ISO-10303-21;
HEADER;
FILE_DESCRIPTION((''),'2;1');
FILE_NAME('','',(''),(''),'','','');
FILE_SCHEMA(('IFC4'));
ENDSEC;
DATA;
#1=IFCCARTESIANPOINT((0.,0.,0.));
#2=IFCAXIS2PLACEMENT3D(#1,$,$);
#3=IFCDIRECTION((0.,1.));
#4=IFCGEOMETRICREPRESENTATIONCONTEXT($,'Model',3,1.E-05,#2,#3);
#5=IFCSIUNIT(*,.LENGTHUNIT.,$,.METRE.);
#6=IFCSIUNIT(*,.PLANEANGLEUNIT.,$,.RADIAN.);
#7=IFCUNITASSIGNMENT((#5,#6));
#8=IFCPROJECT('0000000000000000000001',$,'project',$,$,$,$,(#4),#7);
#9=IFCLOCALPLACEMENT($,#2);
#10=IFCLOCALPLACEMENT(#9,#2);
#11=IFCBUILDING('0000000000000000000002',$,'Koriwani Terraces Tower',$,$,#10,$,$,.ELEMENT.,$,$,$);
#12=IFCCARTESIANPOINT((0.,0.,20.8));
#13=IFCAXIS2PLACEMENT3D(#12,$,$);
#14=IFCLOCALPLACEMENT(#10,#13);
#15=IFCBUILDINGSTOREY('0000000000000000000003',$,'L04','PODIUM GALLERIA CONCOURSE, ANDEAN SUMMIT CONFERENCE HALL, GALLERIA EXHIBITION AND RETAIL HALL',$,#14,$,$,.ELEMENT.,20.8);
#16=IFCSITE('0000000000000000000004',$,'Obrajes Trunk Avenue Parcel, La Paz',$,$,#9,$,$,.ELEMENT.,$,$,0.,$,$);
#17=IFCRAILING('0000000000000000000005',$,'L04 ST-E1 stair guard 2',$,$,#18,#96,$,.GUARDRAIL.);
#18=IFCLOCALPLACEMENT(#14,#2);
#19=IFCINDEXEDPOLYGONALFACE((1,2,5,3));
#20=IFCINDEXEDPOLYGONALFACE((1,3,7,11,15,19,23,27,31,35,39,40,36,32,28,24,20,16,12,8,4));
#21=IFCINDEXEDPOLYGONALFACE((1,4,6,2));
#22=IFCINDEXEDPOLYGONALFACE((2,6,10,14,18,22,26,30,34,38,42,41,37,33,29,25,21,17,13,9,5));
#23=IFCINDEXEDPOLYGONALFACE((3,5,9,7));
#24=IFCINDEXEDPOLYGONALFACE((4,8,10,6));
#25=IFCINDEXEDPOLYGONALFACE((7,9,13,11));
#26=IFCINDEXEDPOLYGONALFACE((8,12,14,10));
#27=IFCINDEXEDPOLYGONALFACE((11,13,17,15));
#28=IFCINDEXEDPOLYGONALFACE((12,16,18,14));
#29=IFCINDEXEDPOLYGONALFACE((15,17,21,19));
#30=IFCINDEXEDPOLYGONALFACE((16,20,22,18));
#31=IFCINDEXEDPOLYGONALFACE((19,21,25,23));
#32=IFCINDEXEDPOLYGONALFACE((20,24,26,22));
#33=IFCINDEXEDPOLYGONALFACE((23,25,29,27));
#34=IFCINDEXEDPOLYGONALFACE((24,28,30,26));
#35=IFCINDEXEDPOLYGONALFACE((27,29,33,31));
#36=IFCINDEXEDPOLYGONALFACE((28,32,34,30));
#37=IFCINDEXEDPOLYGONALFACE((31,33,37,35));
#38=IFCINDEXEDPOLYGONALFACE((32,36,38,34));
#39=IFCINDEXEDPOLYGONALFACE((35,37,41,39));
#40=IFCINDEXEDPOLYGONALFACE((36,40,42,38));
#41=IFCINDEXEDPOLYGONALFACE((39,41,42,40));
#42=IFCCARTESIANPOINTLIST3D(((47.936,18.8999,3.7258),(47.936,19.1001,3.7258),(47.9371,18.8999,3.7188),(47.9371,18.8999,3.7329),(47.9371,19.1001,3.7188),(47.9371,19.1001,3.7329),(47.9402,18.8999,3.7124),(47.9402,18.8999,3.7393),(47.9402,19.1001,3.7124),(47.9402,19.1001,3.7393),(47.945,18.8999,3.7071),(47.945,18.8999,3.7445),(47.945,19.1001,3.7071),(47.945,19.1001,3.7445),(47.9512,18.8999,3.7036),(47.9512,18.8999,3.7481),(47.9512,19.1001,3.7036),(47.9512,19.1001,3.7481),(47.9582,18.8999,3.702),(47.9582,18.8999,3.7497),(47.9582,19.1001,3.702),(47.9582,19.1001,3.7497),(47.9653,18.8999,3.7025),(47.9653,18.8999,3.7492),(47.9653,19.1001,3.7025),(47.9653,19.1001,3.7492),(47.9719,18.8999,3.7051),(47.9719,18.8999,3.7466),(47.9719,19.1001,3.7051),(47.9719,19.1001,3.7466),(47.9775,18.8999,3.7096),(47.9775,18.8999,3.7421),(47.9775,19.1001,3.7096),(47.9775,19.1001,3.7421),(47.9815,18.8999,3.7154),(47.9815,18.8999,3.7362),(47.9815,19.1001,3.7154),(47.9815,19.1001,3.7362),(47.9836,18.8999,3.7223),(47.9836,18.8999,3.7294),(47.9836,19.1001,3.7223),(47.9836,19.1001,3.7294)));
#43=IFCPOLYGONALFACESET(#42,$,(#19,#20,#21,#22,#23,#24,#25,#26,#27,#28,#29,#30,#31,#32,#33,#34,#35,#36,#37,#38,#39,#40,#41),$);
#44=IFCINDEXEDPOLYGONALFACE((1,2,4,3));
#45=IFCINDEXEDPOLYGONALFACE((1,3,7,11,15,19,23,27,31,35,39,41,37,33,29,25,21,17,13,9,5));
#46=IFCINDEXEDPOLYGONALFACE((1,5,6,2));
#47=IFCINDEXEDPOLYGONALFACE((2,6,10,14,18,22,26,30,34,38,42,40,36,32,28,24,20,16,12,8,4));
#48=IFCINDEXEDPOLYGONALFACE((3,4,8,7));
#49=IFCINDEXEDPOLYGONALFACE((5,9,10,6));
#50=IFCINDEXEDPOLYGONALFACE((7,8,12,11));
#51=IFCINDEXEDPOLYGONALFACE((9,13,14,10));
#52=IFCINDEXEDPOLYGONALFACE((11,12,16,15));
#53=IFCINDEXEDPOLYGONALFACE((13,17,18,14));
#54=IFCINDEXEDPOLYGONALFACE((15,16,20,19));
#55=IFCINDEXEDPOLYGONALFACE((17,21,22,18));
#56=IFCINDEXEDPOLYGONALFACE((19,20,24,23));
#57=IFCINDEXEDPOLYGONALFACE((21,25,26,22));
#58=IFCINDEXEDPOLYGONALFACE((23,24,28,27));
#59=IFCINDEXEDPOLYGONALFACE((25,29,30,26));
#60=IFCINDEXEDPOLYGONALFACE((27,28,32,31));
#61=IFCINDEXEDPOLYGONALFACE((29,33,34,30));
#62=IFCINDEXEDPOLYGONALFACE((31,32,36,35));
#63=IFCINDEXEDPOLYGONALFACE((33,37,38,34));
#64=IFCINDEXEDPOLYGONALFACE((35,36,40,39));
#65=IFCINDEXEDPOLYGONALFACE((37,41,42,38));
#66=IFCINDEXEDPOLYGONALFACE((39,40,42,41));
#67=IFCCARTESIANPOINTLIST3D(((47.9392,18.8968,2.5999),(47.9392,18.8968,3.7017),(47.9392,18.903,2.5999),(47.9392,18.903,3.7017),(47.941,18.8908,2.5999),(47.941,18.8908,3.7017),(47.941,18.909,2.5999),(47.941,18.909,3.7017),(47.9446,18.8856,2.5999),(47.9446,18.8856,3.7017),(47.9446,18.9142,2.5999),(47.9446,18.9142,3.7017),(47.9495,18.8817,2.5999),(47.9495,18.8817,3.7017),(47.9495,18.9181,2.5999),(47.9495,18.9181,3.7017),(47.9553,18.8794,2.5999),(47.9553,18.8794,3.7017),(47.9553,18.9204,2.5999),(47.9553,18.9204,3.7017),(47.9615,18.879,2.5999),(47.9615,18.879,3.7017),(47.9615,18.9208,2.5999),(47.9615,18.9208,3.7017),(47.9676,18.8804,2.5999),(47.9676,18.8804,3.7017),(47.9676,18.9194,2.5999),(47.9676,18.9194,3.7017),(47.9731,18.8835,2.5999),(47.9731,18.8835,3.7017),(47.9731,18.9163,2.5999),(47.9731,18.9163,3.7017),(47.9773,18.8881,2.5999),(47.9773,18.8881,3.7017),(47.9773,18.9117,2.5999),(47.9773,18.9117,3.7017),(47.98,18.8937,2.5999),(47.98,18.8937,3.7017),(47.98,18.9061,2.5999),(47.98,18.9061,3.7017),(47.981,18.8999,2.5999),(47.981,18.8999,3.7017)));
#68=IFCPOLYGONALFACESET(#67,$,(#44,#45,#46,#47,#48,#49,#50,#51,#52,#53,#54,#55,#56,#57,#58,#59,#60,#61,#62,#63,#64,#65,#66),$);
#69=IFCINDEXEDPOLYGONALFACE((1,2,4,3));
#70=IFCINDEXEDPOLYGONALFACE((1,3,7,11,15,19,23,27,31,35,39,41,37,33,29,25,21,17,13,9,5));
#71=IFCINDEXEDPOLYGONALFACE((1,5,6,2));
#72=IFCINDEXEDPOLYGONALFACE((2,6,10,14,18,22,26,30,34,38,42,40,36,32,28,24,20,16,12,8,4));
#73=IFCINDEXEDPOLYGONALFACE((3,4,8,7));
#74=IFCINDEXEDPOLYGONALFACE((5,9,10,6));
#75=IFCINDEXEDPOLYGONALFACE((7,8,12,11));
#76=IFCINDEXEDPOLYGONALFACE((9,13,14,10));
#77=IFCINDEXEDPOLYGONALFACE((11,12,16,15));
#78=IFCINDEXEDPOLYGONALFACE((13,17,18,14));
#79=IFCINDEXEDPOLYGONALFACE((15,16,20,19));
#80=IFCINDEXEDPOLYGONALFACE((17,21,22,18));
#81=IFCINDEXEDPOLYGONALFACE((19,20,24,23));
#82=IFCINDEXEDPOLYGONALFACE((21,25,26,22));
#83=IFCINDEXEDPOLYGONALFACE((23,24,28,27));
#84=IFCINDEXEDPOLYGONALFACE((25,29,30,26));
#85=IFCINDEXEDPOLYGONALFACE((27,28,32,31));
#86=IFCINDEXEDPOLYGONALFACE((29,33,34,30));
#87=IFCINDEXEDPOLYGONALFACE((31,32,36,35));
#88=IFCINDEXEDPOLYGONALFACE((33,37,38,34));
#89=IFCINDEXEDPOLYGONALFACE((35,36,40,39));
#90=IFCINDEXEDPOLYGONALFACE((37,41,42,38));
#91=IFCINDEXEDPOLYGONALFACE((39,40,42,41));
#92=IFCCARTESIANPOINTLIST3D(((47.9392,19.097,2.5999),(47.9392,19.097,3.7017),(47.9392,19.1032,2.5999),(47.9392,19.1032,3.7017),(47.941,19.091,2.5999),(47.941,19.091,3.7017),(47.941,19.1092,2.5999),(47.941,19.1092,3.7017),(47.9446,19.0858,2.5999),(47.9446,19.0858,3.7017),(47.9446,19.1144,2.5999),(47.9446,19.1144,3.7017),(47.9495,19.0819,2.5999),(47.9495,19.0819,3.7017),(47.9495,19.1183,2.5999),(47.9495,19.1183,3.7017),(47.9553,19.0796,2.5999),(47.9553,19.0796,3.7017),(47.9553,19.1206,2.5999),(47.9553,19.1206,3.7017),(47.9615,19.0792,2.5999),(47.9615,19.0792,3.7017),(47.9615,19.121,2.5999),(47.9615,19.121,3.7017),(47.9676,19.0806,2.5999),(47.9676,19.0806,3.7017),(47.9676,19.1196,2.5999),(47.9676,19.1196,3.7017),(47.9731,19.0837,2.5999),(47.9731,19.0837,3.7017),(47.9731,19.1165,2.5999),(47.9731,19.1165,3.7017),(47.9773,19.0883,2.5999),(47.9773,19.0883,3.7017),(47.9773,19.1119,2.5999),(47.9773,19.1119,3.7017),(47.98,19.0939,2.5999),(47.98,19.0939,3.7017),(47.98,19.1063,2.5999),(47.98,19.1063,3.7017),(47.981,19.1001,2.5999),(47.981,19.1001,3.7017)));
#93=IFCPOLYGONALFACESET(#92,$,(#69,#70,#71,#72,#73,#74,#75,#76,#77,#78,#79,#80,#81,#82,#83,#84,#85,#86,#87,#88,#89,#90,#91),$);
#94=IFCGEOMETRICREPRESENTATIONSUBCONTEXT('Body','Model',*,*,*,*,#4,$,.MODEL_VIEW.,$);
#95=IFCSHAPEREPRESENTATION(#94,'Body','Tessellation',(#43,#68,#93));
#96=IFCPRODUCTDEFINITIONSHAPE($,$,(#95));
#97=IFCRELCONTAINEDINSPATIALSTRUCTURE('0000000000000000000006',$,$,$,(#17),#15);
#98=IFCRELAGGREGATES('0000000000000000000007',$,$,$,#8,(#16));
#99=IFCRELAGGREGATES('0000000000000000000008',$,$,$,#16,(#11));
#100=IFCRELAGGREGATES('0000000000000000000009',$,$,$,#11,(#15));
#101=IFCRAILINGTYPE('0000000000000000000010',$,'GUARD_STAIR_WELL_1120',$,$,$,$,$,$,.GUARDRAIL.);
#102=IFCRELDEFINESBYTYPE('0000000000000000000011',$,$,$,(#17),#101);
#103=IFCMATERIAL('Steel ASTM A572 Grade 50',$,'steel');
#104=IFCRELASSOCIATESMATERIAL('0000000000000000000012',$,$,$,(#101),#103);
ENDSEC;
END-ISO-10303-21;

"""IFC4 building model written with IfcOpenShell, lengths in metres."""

from ifc_helpers import new_model, si_unit, direction, frame, origin, origin_2d, place, context, subcontext, project, spatial, circle, extrude, material, type_object, element, save


model = new_model("IFC4")

# Units and contexts
model_context = context("Model", 3, precision=1e-05, world=origin(), true_north=direction((0.0, 1.0)))
body_context = subcontext(model_context, "Body", "Model", "MODEL_VIEW")
ifc_project = project(units=[si_unit("LENGTHUNIT", "METRE"), si_unit("PLANEANGLEUNIT", "RADIAN")], contexts=[model_context])

# Site, building, storey
site_placement = place(None, origin())
site = spatial("IfcSite", under=ifc_project, at=site_placement, Name="Obrajes Trunk Avenue Parcel, La Paz", CompositionType="ELEMENT", RefElevation=0.0)
building_placement = place(site_placement, origin())
building = spatial("IfcBuilding", under=site, at=building_placement, Name="Koriwani Terraces Tower", CompositionType="ELEMENT")
storey_placement = place(building_placement, frame((0.0, 0.0, 20.8)))
storey = spatial("IfcBuildingStorey", under=building, at=storey_placement, Name="L04", Description="PODIUM GALLERIA CONCOURSE, ANDEAN SUMMIT CONFERENCE HALL, GALLERIA EXHIBITION AND RETAIL HALL", CompositionType="ELEMENT", Elevation=20.8)

# Shared definitions
ifc_material_1 = material(Name="Steel ASTM A572 Grade 50", Category="steel")

# Railing
railing_type_1 = type_object("IfcRailingType", Name="GUARD_STAIR_WELL_1120", PredefinedType="GUARDRAIL", material=ifc_material_1)
railing_1_placement = place(storey_placement, frame((47.96, 18.8999, 2.5999)))
element("IfcRailing", 1, at=railing_1_placement, inside=storey, type_object=railing_type_1, Name="L04 ST-E1 stair guard 2", PredefinedType="GUARDRAIL", context=body_context, shape_type="SweptSolid", body=[
    extrude(circle(Radius=0.0239, at=origin_2d()), frame((0.0, 0.0, 1.126), z_axis=(0.0, 1.0, 0.0), x_axis=(-1.0, 0.0, 0.0)), (0.0, 0.0, 1.0), 0.2002),
    extrude(circle(Radius=0.021, at=origin_2d()), origin(), (0.0, 0.0, 1.0), 1.1018),
    extrude(circle(Radius=0.021, at=origin_2d()), frame((0.0, 0.2002, 0.0)), (0.0, 0.0, 1.0), 1.1018),
])

save(model, "model.ifc")
